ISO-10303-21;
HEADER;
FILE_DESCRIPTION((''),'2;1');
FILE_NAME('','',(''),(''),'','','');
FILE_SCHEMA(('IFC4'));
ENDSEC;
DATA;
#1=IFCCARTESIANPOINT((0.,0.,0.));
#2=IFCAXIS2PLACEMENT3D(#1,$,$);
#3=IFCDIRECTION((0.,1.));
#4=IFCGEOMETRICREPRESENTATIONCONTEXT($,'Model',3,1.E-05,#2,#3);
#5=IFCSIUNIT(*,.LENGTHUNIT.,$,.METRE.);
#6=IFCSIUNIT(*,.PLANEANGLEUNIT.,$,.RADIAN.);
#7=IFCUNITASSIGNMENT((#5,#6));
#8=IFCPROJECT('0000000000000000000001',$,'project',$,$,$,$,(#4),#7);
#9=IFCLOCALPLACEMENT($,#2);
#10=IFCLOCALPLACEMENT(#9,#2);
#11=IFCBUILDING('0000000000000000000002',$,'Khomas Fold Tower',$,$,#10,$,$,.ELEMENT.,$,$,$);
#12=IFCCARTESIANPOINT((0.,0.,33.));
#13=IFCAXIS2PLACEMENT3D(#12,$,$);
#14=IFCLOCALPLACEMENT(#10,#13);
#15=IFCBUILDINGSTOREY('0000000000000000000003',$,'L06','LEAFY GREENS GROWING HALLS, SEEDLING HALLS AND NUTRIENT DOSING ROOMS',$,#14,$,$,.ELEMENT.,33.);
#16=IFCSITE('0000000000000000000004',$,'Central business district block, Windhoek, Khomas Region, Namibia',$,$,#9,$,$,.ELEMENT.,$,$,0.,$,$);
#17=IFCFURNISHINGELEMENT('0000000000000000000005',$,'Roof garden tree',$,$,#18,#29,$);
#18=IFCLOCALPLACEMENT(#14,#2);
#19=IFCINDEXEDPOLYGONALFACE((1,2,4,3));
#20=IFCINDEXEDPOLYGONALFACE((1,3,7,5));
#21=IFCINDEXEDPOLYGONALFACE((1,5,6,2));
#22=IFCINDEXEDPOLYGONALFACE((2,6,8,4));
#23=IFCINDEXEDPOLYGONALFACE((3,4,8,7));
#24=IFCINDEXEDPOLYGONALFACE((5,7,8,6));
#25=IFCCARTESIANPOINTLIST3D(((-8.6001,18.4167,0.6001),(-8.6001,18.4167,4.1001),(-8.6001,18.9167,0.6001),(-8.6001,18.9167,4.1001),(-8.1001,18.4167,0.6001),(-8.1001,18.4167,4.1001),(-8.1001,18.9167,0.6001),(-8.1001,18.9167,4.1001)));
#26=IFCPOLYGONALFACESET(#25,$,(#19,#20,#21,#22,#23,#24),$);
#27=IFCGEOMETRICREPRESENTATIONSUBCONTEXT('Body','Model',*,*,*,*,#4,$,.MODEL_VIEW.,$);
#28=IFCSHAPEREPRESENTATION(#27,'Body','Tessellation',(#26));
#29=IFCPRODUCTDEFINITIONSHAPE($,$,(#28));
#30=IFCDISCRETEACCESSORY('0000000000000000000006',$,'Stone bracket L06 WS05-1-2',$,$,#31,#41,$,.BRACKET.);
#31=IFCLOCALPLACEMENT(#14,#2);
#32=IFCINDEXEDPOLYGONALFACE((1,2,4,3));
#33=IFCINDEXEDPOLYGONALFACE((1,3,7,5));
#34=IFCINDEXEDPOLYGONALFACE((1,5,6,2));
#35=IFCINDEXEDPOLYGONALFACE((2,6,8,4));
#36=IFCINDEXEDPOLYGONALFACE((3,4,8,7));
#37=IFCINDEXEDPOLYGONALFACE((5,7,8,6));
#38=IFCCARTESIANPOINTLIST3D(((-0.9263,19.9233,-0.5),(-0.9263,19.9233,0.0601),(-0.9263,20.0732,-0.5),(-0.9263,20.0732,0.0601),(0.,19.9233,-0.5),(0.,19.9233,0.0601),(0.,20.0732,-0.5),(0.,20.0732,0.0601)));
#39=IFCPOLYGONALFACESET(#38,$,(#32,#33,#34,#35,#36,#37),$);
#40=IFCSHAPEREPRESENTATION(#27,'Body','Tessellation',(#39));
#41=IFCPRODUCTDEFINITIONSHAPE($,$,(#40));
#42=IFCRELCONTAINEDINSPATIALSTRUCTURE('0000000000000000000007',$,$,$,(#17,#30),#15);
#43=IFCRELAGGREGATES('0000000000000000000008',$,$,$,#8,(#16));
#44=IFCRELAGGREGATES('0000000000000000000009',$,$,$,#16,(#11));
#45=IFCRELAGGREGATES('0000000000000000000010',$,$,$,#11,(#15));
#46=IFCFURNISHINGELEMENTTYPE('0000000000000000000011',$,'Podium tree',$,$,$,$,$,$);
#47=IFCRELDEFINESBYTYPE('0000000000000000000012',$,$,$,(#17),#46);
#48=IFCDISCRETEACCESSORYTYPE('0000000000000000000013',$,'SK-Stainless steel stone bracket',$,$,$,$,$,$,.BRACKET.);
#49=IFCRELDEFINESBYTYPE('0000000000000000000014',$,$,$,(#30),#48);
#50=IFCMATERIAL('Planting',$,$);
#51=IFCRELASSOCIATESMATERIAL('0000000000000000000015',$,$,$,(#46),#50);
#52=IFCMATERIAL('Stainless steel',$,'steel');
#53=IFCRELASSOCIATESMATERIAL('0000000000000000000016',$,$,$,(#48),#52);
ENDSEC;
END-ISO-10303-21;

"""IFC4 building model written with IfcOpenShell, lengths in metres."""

from ifc_helpers import new_model, si_unit, direction, frame, origin, origin_2d, place, context, subcontext, project, spatial, rectangle, extrude, source, transform, mapped, material, type_object, element, save


model = new_model("IFC4")

# Units and contexts
model_context = context("Model", 3, precision=1e-05, world=origin(), true_north=direction((0.0, 1.0)))
body_context = subcontext(model_context, "Body", "Model", "MODEL_VIEW")
ifc_project = project(units=[si_unit("LENGTHUNIT", "METRE"), si_unit("PLANEANGLEUNIT", "RADIAN")], contexts=[model_context])

# Site, building, storey
site_placement = place(None, origin())
site = spatial("IfcSite", under=ifc_project, at=site_placement, Name="Central business district block, Windhoek, Khomas Region, Namibia", CompositionType="ELEMENT", RefElevation=0.0)
building_placement = place(site_placement, origin())
building = spatial("IfcBuilding", under=site, at=building_placement, Name="Khomas Fold Tower", CompositionType="ELEMENT")
storey_placement = place(building_placement, frame((0.0, 0.0, 33.0)))
storey = spatial("IfcBuildingStorey", under=building, at=storey_placement, Name="L06", Description="LEAFY GREENS GROWING HALLS, SEEDLING HALLS AND NUTRIENT DOSING ROOMS", CompositionType="ELEMENT", Elevation=33.0)

# Furnishing element
ifc_material_1 = material(Name="Planting")
furnishing_element_type_1 = type_object("IfcFurnishingElementType", Name="Podium tree", material=ifc_material_1)
shared_shape_1 = source(origin(), body_context, "Body", "SweptSolid", [
    extrude(rectangle(XDim=0.5, YDim=0.5, at=origin_2d()), origin(), (0.0, 0.0, 1.0), 3.5),
])
furnishing_1_placement = place(storey_placement, frame((-8.3501, 18.6667, 0.6001), z_axis=(0.0, 0.0, 1.0), x_axis=(1.0, 0.0, 0.0)))
element("IfcFurnishingElement", 1, at=furnishing_1_placement, inside=storey, type_object=furnishing_element_type_1, Name="Roof garden tree", context=body_context, shape_type="MappedRepresentation", body=[
    mapped(shared_shape_1, transform((0.0, 0.0, 0.0))),
])

# Discrete accessory
ifc_material_2 = material(Name="Stainless steel", Category="steel")
discrete_accessory_type = type_object("IfcDiscreteAccessoryType", Name="SK-Stainless steel stone bracket", PredefinedType="BRACKET", material=ifc_material_2)
shared_shape_2 = source(origin(), body_context, "Body", "SweptSolid", [
    extrude(rectangle(XDim=0.9263, YDim=0.1499, at=origin_2d()), origin(), (0.0, 0.0, 1.0), 0.5601),
])
discrete_accessory_placement = place(storey_placement, frame((-0.4631, 19.9983, -0.5), z_axis=(0.0, 0.0, 1.0), x_axis=(-1.0, 0.0, 0.0)))
element("IfcDiscreteAccessory", 2, at=discrete_accessory_placement, inside=storey, type_object=discrete_accessory_type, Name="Stone bracket L06 WS05-1-2", PredefinedType="BRACKET", context=body_context, shape_type="MappedRepresentation", body=[
    mapped(shared_shape_2, transform((0.0, 0.0, 0.0))),
])

save(model, "model.ifc")
